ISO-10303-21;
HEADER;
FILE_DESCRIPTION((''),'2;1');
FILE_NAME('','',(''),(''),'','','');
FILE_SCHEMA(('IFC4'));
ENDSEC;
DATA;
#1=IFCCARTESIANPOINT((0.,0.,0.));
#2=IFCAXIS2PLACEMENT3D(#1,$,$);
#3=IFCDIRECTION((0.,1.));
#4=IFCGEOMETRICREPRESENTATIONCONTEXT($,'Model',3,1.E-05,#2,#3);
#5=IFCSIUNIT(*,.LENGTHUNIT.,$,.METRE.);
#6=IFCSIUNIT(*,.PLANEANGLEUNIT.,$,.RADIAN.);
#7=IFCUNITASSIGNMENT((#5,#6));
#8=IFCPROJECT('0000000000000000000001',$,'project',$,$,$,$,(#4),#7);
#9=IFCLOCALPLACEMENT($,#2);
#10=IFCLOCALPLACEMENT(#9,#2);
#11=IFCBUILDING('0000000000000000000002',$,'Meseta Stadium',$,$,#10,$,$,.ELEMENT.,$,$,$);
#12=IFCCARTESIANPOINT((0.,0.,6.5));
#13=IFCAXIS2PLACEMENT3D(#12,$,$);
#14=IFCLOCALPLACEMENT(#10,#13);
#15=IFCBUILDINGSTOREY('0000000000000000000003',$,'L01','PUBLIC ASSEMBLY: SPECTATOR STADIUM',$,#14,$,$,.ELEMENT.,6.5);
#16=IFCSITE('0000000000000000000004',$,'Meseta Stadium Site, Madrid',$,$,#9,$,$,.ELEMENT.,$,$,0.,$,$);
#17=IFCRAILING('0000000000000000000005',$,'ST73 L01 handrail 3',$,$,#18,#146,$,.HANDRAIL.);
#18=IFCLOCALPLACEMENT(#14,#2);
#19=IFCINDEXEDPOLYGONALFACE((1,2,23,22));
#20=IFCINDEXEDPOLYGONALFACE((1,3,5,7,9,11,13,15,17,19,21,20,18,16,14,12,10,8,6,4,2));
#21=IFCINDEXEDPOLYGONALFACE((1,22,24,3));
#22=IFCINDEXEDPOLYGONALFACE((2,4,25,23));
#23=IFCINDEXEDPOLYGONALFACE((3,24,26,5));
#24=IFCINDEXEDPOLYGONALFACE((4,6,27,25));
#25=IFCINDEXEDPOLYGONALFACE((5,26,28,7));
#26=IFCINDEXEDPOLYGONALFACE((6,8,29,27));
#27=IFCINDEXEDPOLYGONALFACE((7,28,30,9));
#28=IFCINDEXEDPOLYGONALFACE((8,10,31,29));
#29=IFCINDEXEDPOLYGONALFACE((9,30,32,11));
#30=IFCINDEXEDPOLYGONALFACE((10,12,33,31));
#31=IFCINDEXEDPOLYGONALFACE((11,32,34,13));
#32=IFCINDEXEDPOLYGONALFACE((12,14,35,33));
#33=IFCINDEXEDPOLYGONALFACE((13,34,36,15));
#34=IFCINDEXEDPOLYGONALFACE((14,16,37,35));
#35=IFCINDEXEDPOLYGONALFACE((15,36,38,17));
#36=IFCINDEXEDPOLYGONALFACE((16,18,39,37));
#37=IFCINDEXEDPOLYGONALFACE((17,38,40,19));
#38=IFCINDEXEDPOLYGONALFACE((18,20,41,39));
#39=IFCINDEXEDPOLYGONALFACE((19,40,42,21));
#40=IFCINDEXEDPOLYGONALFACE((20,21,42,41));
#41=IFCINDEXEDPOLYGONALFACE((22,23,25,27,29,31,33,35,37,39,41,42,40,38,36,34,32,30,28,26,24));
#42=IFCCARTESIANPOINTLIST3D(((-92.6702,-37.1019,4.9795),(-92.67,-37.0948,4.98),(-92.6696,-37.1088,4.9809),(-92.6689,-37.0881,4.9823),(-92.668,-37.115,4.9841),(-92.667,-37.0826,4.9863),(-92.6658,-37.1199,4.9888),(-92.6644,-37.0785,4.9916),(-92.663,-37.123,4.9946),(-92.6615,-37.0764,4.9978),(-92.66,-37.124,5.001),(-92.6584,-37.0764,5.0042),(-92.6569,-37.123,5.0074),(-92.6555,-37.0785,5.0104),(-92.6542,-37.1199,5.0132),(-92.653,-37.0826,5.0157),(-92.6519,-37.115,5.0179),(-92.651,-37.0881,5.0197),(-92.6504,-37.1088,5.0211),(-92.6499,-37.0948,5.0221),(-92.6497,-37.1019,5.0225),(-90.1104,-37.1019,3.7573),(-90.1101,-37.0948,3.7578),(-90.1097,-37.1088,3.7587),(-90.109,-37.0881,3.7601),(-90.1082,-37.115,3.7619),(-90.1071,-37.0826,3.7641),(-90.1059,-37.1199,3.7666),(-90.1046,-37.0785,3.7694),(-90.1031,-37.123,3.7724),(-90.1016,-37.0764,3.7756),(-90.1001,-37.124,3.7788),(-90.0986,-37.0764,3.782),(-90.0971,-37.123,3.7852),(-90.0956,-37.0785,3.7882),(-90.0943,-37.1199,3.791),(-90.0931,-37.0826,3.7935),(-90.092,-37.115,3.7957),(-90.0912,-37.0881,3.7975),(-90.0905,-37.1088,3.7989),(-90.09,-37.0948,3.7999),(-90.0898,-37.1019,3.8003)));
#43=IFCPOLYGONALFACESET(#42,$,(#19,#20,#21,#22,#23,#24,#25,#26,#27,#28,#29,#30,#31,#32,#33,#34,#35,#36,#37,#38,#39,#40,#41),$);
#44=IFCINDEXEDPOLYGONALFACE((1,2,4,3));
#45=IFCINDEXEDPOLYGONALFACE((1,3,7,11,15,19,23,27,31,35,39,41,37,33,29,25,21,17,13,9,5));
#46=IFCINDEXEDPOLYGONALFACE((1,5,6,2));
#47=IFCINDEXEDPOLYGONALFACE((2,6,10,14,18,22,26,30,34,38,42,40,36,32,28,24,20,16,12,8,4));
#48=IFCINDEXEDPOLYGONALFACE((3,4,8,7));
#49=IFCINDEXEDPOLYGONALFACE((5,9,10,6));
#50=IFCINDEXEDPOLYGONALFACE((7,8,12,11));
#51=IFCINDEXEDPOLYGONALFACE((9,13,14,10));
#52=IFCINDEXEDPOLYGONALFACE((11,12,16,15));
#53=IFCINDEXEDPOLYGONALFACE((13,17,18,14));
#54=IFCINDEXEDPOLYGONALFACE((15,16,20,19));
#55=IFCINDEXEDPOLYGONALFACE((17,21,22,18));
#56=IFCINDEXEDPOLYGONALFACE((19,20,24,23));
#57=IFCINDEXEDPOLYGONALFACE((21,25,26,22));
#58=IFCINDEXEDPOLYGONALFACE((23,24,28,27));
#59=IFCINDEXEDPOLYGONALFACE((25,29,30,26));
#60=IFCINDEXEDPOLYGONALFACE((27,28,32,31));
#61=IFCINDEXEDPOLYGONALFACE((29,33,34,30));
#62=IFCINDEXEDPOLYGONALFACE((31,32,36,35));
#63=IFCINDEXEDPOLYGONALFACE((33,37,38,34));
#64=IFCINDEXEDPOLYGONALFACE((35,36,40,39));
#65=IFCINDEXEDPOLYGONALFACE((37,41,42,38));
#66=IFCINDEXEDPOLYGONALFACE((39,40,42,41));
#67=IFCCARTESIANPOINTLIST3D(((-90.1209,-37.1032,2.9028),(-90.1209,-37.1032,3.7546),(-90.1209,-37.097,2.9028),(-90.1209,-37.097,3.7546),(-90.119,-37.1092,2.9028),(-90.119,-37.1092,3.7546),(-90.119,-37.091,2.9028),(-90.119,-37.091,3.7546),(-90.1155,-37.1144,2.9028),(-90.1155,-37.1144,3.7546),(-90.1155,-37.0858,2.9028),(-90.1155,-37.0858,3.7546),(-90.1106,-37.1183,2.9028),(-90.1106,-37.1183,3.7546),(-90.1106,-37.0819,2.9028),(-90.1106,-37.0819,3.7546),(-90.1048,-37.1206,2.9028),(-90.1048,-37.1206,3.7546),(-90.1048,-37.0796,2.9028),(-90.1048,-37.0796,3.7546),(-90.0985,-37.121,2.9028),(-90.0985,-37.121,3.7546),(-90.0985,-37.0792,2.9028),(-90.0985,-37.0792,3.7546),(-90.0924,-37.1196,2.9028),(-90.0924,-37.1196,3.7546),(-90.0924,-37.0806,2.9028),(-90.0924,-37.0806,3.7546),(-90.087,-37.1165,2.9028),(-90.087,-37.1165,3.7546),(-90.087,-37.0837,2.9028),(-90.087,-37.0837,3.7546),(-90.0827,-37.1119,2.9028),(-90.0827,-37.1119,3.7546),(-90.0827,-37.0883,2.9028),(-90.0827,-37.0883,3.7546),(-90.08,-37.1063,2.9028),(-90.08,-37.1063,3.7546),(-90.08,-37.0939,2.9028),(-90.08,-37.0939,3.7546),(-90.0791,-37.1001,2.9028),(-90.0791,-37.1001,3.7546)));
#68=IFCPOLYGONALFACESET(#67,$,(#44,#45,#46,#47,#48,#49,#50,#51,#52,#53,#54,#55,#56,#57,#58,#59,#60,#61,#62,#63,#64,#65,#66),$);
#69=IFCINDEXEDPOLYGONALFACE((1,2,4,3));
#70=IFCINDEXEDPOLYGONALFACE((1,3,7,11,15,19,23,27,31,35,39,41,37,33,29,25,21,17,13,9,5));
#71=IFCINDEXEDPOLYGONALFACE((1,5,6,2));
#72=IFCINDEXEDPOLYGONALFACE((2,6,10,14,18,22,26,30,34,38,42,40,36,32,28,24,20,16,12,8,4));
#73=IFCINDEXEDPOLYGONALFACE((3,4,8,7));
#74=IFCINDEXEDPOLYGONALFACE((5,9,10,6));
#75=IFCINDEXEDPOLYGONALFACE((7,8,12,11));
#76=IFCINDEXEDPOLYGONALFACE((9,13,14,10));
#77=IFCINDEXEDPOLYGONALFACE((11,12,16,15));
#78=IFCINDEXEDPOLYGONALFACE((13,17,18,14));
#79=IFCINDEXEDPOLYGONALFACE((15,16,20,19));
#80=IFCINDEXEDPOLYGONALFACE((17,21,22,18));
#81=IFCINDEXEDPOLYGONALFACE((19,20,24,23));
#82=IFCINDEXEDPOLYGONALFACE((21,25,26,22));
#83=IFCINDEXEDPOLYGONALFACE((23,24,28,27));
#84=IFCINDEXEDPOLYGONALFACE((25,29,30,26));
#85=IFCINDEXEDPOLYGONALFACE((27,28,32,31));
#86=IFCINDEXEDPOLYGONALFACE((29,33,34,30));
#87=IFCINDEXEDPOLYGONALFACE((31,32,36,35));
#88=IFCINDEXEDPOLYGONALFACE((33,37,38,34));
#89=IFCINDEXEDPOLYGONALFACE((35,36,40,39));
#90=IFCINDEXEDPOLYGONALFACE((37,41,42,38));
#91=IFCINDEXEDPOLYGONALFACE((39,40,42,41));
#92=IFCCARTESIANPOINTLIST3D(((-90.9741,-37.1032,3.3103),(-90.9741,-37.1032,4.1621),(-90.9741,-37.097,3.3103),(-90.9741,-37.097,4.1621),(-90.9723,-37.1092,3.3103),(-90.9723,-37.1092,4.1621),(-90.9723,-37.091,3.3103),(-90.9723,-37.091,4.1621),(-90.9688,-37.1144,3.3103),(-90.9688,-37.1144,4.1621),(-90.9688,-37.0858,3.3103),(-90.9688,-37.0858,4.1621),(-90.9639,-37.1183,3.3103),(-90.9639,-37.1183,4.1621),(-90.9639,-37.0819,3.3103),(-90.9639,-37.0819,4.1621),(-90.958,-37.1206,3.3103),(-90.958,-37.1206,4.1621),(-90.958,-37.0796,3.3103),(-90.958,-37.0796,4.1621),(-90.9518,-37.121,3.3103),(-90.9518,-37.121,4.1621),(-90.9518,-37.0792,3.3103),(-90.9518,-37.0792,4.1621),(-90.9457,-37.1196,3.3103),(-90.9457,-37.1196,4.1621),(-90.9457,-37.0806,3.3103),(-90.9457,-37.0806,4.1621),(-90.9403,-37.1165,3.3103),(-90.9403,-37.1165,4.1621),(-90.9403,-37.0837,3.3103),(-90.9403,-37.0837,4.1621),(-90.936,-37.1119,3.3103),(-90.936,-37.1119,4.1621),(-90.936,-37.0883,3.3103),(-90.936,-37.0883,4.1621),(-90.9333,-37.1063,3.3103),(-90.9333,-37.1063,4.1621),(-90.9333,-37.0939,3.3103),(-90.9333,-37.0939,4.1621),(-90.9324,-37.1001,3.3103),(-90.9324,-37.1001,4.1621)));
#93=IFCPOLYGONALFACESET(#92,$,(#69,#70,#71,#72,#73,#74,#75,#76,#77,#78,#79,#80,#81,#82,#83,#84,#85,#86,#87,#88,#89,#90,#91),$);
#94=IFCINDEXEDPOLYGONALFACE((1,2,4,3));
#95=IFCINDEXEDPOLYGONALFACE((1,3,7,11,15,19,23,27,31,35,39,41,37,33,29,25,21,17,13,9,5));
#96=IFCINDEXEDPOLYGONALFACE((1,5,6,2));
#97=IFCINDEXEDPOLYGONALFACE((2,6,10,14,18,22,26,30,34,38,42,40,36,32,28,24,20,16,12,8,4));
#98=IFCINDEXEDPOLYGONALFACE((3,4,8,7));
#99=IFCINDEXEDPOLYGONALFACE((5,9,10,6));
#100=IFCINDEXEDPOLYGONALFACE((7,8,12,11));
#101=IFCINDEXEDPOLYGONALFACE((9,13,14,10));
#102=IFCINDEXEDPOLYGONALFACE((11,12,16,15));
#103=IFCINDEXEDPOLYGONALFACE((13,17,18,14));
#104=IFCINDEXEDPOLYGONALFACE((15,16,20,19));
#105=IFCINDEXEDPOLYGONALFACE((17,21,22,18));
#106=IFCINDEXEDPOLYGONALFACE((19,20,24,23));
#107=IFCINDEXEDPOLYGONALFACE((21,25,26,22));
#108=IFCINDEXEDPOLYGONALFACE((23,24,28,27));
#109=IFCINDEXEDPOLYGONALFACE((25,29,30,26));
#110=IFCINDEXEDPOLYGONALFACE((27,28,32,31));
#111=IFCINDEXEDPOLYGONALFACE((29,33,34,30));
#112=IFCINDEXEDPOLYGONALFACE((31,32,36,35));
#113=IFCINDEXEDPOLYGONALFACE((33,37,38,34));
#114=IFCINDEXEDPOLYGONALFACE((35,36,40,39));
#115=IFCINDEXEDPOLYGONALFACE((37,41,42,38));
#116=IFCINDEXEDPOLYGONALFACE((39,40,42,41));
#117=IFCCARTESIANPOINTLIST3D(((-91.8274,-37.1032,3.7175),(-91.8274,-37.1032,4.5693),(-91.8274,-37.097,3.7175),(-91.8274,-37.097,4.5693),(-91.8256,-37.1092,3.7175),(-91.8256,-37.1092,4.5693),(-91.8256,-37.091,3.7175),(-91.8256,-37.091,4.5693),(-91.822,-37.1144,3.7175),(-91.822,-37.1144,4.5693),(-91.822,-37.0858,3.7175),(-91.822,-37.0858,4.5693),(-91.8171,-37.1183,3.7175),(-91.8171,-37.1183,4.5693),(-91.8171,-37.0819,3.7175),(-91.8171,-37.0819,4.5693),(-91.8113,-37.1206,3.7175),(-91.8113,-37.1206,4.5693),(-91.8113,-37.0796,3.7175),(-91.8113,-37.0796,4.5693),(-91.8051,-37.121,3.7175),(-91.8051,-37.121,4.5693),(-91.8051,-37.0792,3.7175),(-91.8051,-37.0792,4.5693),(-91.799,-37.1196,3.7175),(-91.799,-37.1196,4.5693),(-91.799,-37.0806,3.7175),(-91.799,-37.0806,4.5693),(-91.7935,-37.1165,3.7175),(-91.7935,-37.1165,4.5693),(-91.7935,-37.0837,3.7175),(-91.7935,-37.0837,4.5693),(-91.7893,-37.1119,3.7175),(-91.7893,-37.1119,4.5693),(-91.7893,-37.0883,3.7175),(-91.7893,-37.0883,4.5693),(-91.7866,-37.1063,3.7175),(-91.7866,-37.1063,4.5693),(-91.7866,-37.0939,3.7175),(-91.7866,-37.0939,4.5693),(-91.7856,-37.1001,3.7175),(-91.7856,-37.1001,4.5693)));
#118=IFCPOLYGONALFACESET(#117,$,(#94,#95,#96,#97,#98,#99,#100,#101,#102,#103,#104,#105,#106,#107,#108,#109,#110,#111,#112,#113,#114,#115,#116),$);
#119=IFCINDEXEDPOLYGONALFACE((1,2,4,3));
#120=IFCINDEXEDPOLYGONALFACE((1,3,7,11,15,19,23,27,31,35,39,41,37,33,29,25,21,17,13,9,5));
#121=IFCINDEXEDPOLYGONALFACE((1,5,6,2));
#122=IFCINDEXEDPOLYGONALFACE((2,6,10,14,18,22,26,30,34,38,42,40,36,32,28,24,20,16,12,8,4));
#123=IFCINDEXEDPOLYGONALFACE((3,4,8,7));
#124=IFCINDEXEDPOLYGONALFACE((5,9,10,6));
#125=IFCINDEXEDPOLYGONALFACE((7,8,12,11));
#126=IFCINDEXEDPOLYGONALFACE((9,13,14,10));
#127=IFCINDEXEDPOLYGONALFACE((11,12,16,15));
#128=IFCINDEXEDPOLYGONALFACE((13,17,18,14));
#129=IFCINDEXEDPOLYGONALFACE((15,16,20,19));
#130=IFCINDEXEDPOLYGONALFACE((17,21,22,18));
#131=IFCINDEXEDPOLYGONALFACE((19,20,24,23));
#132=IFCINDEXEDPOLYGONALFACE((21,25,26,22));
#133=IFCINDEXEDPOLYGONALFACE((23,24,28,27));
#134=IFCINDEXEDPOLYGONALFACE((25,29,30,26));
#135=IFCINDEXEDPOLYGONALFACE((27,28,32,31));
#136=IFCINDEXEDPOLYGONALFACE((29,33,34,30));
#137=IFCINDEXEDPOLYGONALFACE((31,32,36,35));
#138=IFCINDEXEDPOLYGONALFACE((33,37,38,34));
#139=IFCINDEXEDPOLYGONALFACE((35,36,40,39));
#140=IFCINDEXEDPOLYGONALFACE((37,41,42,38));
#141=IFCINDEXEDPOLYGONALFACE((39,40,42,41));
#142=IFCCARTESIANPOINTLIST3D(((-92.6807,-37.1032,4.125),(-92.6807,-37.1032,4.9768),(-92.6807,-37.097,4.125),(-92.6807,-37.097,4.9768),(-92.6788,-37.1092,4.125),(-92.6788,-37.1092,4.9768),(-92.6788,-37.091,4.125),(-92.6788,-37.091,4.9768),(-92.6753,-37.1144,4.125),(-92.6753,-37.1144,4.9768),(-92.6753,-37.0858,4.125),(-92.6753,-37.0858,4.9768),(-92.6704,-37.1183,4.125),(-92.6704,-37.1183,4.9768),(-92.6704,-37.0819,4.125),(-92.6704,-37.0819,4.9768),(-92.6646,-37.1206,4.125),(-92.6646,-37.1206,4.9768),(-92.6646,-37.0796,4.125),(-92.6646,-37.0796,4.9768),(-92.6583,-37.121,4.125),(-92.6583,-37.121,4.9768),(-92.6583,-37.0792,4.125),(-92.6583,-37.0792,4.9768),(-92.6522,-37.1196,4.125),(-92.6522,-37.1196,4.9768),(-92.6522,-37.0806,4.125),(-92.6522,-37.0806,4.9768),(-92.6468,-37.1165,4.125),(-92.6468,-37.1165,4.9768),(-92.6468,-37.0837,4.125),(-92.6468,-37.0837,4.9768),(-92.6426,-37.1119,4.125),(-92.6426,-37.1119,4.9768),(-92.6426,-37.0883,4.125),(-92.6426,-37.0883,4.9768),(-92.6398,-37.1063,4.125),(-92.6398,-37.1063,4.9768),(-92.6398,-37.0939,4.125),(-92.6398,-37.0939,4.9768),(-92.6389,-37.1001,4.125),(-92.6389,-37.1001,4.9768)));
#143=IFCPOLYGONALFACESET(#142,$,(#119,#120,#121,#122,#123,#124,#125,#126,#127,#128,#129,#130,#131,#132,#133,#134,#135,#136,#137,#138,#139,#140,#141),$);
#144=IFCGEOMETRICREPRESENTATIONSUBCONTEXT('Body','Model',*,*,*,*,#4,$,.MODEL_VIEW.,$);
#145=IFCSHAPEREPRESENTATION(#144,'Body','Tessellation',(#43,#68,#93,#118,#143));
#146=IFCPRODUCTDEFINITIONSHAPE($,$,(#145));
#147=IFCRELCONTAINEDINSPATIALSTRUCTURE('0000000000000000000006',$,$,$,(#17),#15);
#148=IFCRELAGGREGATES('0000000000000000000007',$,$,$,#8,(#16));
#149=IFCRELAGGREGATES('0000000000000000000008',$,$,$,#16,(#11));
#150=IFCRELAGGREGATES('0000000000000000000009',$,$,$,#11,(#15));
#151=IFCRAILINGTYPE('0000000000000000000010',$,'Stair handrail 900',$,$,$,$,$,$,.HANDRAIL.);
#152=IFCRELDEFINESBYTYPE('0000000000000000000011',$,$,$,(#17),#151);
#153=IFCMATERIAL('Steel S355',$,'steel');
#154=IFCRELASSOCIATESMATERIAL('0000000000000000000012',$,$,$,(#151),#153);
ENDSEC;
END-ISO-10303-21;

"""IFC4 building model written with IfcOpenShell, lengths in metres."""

from ifc_helpers import new_model, si_unit, direction, frame, origin, origin_2d, place, context, subcontext, project, spatial, circle, extrude, material, type_object, element, save


model = new_model("IFC4")

# Units and contexts
model_context = context("Model", 3, precision=1e-05, world=origin(), true_north=direction((0.0, 1.0)))
body_context = subcontext(model_context, "Body", "Model", "MODEL_VIEW")
ifc_project = project(units=[si_unit("LENGTHUNIT", "METRE"), si_unit("PLANEANGLEUNIT", "RADIAN")], contexts=[model_context])

# Site, building, storey
site_placement = place(None, origin())
site = spatial("IfcSite", under=ifc_project, at=site_placement, Name="Meseta Stadium Site, Madrid", CompositionType="ELEMENT", RefElevation=0.0)
building_placement = place(site_placement, origin())
building = spatial("IfcBuilding", under=site, at=building_placement, Name="Meseta Stadium", CompositionType="ELEMENT")
storey_placement = place(building_placement, frame((0.0, 0.0, 6.5)))
storey = spatial("IfcBuildingStorey", under=building, at=storey_placement, Name="L01", Description="PUBLIC ASSEMBLY: SPECTATOR STADIUM", CompositionType="ELEMENT", Elevation=6.5)

# Railing
ifc_material_1 = material(Name="Steel S355", Category="steel")
railing_type = type_object("IfcRailingType", Name="Stair handrail 900", PredefinedType="HANDRAIL", material=ifc_material_1)
for number, where, name in (
    (1, (-90.1001, -37.1001, 2.9028), "ST73 L01 handrail 3"),
):
    element("IfcRailing", number, at=place(storey_placement, frame(where)), inside=storey, type_object=railing_type, Name=name, PredefinedType="HANDRAIL", context=body_context, shape_type="SweptSolid", body=[
        extrude(circle(Radius=0.0239, at=origin_2d()), frame((0.0, 0.0, 0.876), z_axis=(-0.902421, 0.0, 0.430855), x_axis=(0.0, -1.0, 0.0)), (0.0, 0.0, 1.0), 2.8367),
        extrude(circle(Radius=0.021, at=origin_2d()), origin(), (0.0, 0.0, 1.0), 0.8518),
        extrude(circle(Radius=0.021, at=origin_2d()), frame((-0.8533, 0.0, 0.4075)), (0.0, 0.0, 1.0), 0.8518),
        extrude(circle(Radius=0.021, at=origin_2d()), frame((-1.7065, 0.0, 0.8147)), (0.0, 0.0, 1.0), 0.8518),
        extrude(circle(Radius=0.021, at=origin_2d()), frame((-2.5598, 0.0, 1.2222)), (0.0, 0.0, 1.0), 0.8518),
    ])

save(model, "model.ifc")
